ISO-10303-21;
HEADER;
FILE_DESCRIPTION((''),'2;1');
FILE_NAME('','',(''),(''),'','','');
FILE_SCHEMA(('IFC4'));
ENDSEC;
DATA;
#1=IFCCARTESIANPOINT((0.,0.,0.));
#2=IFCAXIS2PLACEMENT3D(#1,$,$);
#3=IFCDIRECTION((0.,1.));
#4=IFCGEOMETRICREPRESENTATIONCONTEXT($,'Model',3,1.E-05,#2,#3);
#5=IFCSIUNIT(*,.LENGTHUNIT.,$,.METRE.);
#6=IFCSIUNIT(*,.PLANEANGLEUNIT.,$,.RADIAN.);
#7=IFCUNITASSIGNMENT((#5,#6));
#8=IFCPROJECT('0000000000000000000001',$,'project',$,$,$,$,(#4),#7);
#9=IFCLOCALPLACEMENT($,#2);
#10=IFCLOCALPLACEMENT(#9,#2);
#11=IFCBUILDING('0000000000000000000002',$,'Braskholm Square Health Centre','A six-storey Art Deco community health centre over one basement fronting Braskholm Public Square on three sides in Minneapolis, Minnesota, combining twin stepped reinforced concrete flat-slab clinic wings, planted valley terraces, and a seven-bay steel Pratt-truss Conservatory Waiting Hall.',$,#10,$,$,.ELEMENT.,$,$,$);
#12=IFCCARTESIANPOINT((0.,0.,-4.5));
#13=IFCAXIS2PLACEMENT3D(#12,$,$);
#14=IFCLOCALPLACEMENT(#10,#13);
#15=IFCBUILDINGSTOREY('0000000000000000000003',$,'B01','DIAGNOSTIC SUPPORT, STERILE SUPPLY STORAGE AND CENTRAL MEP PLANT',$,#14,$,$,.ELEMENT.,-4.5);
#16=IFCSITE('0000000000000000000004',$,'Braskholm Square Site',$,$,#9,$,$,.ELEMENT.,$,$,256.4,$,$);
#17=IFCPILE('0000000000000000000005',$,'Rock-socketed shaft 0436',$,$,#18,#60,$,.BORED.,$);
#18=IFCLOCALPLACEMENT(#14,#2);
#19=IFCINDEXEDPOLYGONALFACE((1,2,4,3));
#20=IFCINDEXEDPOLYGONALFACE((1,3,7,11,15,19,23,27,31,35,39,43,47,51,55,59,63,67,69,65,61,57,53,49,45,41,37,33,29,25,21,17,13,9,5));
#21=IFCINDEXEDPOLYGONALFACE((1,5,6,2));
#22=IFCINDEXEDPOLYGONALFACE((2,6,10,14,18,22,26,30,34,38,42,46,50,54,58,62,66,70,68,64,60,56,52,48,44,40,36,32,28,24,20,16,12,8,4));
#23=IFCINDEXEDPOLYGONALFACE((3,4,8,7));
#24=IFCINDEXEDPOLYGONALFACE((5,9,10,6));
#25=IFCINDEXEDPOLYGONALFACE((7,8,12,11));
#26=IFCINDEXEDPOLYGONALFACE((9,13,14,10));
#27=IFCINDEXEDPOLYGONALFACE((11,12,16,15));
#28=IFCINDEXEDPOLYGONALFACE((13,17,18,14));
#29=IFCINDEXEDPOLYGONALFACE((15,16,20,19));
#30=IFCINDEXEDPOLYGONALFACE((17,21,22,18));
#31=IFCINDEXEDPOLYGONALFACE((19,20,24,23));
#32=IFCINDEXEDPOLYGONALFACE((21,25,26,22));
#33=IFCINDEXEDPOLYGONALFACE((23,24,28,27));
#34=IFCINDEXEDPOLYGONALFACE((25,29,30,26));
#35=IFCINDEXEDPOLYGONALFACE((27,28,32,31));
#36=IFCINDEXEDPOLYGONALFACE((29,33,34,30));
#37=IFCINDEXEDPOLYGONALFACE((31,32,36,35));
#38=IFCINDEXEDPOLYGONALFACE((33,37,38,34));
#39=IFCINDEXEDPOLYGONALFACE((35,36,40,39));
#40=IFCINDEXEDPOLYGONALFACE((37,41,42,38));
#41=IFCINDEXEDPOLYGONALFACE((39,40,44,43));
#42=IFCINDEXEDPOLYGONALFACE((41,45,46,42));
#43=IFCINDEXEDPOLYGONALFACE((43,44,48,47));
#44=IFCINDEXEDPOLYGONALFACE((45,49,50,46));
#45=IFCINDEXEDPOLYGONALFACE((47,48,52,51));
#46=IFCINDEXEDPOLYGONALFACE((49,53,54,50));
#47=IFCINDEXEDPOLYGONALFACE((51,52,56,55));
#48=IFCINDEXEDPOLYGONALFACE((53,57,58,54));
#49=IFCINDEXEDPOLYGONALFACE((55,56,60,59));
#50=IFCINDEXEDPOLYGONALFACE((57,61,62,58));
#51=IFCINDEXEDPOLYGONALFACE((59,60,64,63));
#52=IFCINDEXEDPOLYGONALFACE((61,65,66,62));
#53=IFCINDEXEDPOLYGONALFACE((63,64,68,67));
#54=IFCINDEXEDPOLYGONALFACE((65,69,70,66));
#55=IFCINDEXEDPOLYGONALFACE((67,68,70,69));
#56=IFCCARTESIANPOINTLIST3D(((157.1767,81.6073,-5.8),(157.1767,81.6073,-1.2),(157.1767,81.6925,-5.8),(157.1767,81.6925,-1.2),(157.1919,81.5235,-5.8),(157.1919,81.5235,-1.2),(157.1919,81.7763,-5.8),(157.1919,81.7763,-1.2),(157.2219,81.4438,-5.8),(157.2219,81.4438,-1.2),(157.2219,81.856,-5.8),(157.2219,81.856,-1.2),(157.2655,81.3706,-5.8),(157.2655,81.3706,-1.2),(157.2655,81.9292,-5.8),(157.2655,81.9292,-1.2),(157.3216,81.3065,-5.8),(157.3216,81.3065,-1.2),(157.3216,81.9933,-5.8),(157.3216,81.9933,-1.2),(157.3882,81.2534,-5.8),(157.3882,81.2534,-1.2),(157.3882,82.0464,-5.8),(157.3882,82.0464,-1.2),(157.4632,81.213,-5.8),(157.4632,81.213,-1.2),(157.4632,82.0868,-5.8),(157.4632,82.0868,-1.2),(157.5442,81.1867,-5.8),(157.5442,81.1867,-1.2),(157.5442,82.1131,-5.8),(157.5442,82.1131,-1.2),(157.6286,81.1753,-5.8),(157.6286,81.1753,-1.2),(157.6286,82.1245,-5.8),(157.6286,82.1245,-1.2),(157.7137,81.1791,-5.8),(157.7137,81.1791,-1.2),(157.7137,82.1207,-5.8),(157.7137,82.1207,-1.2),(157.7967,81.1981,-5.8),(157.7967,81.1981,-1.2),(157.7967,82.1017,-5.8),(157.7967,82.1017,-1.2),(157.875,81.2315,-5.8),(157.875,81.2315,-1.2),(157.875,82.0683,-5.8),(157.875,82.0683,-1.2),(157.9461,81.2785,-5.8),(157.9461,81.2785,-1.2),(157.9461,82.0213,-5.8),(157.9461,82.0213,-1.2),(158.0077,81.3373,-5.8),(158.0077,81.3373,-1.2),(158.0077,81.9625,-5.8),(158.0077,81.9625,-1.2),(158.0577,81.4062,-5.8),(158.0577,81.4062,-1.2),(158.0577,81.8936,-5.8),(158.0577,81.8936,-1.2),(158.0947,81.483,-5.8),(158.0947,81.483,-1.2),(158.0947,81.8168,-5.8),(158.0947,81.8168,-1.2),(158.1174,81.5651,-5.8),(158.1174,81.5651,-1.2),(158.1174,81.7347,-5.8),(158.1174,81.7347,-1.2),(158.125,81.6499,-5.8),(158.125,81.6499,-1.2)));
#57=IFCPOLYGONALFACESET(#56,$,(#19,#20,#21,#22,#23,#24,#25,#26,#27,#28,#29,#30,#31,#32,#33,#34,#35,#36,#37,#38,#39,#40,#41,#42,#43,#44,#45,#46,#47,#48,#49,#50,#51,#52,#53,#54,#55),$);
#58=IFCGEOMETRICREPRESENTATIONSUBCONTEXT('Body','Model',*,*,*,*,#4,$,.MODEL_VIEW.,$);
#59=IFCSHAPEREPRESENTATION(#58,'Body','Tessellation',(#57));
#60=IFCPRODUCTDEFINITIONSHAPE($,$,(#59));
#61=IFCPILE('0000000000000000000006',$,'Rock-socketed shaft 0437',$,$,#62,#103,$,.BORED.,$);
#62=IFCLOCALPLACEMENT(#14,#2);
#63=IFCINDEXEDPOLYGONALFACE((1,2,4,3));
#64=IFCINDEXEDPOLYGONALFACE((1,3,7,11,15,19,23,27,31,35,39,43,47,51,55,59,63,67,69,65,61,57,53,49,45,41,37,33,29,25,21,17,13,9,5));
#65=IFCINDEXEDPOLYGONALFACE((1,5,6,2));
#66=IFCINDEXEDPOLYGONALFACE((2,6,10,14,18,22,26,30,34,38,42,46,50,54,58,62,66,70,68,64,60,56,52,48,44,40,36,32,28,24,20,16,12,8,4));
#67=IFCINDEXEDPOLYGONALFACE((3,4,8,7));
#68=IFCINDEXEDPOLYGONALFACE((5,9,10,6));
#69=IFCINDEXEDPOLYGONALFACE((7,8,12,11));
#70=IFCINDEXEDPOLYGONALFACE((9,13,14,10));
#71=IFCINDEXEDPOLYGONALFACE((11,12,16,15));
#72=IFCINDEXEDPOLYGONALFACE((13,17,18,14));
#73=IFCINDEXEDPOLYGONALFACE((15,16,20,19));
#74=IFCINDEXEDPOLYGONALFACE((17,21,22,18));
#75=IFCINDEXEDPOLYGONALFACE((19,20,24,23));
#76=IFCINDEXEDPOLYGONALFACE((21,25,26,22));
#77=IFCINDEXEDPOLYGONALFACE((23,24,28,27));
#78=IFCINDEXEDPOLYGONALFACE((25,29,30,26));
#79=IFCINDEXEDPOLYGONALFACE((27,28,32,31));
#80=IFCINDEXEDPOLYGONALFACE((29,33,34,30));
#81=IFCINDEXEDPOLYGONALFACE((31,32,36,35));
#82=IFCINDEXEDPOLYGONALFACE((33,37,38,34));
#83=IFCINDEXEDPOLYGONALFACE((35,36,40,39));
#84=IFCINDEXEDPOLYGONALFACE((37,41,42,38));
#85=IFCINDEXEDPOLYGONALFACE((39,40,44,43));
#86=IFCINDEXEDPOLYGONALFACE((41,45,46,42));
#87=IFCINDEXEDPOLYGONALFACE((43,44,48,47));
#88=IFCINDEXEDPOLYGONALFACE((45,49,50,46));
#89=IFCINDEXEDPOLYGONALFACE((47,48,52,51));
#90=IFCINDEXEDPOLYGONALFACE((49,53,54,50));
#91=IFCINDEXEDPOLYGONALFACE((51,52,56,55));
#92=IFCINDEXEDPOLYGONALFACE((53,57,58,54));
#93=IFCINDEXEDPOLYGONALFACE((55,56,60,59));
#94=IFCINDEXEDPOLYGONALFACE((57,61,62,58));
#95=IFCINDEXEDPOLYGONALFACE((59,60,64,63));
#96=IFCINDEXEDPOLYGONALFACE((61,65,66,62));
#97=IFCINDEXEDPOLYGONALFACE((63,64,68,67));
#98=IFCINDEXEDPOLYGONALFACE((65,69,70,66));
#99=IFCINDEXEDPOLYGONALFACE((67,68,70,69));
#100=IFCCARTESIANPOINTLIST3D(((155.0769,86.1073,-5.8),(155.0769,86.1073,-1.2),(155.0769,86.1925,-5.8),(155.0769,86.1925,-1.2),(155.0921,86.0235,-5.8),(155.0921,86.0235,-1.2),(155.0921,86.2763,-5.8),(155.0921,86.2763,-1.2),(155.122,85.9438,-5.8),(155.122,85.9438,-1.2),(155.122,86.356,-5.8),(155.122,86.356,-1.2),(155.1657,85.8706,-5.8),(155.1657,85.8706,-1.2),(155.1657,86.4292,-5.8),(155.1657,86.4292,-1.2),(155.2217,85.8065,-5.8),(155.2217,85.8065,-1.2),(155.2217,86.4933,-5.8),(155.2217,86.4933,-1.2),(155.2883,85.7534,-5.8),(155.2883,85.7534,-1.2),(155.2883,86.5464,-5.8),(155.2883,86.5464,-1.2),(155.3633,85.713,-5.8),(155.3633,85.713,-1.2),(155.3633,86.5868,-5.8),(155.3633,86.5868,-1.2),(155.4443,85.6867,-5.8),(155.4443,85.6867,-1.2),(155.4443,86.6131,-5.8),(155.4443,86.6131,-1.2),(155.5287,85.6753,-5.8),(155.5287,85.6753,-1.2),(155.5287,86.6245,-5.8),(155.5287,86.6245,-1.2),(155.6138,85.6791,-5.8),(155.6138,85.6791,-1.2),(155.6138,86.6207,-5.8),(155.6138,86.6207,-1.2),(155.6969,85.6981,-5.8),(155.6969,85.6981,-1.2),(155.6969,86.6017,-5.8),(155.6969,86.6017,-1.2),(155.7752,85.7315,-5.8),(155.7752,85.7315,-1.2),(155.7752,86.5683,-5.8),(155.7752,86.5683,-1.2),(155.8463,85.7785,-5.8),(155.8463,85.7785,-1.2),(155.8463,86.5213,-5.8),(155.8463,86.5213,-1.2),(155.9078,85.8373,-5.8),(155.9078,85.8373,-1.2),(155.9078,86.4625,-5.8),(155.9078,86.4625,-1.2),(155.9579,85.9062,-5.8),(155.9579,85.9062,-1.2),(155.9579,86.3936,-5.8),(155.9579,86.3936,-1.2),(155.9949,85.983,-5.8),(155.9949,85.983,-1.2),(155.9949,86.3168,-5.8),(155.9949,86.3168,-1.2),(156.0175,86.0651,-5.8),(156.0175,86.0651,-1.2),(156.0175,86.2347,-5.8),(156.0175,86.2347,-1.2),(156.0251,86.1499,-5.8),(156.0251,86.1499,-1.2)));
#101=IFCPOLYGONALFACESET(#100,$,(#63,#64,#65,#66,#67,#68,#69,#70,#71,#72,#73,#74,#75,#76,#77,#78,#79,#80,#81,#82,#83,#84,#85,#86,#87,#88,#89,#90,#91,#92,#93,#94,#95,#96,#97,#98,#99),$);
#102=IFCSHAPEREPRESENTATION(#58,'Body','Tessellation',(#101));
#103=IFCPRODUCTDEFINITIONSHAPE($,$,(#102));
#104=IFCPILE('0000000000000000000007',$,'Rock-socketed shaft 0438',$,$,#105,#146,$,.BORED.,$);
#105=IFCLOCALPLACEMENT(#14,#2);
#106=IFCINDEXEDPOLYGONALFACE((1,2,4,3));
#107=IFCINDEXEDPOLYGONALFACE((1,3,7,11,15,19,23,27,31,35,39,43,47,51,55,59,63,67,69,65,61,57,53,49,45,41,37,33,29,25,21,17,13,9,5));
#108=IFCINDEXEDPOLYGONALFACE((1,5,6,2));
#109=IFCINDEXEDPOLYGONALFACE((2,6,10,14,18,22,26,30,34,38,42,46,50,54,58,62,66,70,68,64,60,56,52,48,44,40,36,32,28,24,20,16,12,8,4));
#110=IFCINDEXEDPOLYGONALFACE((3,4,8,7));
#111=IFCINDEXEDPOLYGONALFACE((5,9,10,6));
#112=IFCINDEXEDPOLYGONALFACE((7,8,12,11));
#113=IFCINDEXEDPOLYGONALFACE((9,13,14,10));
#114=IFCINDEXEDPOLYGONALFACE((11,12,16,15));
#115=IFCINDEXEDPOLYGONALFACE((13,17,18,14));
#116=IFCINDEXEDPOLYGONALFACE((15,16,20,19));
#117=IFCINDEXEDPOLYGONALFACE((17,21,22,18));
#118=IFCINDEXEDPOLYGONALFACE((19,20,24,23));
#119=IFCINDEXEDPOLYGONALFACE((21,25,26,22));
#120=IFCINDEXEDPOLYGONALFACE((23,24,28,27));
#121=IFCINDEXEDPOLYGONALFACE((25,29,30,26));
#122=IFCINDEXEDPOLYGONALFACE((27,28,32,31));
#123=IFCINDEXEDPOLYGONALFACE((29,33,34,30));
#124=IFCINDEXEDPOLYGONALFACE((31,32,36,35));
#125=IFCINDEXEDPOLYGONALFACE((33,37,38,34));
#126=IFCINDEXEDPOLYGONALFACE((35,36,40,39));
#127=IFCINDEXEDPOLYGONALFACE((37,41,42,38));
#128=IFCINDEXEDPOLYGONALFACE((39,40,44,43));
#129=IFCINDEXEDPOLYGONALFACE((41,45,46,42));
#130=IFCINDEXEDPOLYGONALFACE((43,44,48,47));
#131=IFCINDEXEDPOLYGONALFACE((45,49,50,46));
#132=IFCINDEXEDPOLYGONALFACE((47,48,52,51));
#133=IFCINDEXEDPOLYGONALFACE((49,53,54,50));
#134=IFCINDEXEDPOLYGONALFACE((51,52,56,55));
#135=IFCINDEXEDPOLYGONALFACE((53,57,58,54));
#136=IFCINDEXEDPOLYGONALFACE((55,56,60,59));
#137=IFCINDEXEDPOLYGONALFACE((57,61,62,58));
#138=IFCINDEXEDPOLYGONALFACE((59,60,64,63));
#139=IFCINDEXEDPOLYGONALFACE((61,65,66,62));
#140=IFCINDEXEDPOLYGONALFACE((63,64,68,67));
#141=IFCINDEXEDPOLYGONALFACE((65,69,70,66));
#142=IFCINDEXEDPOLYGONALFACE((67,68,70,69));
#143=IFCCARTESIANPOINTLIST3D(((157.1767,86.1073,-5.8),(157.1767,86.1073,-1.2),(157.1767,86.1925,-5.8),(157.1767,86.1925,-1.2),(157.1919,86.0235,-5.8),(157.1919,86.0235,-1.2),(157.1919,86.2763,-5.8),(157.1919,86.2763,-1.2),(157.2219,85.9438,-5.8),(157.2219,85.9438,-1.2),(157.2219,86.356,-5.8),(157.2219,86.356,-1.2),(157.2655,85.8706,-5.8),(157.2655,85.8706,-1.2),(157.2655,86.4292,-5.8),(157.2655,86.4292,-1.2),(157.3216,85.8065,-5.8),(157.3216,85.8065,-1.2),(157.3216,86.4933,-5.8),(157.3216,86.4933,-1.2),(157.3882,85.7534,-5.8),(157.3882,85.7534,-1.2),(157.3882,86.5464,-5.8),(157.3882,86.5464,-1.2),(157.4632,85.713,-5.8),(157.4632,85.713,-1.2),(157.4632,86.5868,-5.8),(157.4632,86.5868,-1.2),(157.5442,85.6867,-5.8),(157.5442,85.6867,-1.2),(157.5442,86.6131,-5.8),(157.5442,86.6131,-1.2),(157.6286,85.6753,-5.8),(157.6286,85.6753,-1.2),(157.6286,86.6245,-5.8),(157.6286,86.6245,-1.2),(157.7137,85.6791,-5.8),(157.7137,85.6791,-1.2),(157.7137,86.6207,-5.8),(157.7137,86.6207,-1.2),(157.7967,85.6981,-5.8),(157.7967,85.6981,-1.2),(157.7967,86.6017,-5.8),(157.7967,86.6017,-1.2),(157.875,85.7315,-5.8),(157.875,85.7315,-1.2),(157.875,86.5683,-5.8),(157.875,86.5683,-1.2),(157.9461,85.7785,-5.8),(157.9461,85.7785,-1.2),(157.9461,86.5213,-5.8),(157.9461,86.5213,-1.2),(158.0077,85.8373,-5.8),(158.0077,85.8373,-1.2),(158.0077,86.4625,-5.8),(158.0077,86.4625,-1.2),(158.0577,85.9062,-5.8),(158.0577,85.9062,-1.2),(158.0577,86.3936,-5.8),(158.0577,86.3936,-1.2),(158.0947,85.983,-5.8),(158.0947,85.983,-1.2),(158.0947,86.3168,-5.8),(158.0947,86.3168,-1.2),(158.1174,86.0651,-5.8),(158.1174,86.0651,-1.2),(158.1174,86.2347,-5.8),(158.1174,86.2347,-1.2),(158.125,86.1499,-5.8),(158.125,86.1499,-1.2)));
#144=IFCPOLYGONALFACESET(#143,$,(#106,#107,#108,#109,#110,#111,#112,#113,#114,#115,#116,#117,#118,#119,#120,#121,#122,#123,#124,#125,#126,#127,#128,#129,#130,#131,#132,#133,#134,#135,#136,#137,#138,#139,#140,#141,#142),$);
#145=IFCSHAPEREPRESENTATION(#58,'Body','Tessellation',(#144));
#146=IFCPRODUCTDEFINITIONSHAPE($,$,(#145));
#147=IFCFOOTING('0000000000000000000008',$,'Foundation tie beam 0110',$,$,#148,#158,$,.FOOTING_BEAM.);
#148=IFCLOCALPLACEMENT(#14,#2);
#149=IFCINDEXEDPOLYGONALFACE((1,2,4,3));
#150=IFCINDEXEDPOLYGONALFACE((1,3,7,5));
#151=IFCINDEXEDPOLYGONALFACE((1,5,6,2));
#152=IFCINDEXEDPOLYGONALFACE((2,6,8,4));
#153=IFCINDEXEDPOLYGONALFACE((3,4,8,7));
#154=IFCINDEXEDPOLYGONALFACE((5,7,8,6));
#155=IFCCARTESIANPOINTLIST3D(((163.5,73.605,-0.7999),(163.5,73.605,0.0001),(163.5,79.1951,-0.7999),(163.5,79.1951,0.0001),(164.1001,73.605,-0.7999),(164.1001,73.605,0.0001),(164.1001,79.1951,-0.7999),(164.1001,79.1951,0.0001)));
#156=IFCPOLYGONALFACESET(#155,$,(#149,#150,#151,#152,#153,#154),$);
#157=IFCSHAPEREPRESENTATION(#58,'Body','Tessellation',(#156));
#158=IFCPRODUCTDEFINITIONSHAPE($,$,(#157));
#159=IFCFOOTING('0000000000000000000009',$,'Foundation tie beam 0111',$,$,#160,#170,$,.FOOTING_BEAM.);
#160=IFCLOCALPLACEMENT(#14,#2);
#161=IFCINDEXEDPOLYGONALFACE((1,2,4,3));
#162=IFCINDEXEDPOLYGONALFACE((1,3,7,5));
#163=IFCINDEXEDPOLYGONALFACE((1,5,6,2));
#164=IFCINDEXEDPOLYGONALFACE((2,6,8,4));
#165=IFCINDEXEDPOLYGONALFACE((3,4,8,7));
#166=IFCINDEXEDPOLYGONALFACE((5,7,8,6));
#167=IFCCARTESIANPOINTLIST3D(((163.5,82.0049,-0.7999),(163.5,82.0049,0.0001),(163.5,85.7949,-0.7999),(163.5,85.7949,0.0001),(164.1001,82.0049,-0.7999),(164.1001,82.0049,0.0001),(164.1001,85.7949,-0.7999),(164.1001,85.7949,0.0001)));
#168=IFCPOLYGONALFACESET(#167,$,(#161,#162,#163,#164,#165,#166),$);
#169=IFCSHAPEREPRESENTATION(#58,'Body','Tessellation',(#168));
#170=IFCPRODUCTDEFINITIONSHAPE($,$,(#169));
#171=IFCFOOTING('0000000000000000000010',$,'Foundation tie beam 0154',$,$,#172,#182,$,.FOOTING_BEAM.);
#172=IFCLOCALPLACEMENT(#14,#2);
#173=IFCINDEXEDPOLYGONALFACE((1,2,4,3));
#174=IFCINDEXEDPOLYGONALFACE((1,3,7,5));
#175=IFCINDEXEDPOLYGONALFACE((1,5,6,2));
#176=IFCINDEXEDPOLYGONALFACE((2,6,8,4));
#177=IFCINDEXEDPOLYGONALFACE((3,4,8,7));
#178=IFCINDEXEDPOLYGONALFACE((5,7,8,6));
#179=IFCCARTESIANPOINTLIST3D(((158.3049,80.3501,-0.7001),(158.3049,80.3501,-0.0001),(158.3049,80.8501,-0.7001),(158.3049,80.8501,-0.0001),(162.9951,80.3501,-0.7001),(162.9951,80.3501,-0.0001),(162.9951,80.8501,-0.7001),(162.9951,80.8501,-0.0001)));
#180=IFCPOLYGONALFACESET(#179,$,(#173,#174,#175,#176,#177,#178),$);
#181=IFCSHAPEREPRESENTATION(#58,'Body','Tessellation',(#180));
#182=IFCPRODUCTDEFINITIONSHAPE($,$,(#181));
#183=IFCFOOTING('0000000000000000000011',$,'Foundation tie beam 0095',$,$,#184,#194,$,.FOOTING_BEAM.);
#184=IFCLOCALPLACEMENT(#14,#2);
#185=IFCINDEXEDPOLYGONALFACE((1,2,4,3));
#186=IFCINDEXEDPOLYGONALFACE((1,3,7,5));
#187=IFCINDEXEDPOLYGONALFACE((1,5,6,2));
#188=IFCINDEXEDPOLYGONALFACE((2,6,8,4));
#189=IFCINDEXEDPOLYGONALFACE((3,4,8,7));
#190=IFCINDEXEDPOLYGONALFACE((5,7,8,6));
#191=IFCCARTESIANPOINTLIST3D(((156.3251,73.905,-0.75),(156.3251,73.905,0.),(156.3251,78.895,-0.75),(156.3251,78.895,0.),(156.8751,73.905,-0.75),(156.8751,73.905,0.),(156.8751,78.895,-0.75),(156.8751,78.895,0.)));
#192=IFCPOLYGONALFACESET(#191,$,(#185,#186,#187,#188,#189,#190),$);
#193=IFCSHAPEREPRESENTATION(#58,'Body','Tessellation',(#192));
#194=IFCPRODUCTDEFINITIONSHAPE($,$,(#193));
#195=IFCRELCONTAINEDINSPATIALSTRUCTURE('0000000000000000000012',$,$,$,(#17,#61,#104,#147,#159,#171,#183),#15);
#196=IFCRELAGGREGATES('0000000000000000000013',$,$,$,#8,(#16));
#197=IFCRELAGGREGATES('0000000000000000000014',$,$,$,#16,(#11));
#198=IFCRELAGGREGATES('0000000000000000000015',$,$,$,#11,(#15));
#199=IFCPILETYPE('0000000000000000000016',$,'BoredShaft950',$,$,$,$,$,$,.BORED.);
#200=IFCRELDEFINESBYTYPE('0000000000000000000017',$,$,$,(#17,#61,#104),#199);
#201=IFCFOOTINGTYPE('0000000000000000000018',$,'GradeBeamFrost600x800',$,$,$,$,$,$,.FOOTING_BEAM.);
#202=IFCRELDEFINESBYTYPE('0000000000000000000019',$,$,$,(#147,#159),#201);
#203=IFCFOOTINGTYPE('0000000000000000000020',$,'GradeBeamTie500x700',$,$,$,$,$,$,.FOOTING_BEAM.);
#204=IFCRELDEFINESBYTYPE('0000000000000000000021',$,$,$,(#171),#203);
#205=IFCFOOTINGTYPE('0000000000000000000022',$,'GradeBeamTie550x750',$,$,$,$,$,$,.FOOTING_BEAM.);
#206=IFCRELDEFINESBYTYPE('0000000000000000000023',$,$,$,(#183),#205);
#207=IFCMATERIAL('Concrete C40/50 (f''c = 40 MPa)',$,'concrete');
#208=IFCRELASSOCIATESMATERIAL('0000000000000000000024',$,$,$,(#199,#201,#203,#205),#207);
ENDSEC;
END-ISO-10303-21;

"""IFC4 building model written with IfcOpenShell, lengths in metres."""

from ifc_helpers import new_model, si_unit, direction, frame, origin, origin_2d, place, context, subcontext, project, spatial, rectangle, circle, extrude, material, material_profile, profile_set, type_object, element, save


model = new_model("IFC4")

# Units and contexts
model_context = context("Model", 3, precision=1e-05, world=origin(), true_north=direction((0.0, 1.0)))
body_context = subcontext(model_context, "Body", "Model", "MODEL_VIEW")
ifc_project = project(units=[si_unit("LENGTHUNIT", "METRE"), si_unit("PLANEANGLEUNIT", "RADIAN")], contexts=[model_context])

# Site, building, storey
site_placement = place(None, origin())
site = spatial("IfcSite", under=ifc_project, at=site_placement, Name="Braskholm Square Site", CompositionType="ELEMENT", RefElevation=256.4)
building_placement = place(site_placement, origin())
building = spatial("IfcBuilding", under=site, at=building_placement, Name="Braskholm Square Health Centre", Description="A six-storey Art Deco community health centre over one basement fronting Braskholm Public Square on three sides in Minneapolis, Minnesota, combining twin stepped reinforced concrete flat-slab clinic wings, planted valley terraces, and a seven-bay steel Pratt-truss Conservatory Waiting Hall.", CompositionType="ELEMENT")
storey_placement = place(building_placement, frame((0.0, 0.0, -4.5)))
storey = spatial("IfcBuildingStorey", under=building, at=storey_placement, Name="B01", Description="DIAGNOSTIC SUPPORT, STERILE SUPPLY STORAGE AND CENTRAL MEP PLANT", CompositionType="ELEMENT", Elevation=-4.5)

# Piles
ifc_material_1 = material(Name="Concrete C40/50 (f'c = 40 MPa)", Category="concrete")
ifc_material_profile_1 = material_profile(ifc_material_1, circle(Radius=0.4751, at=origin_2d()), Name="BORED-PILE-950")
ifc_profile_set_1 = profile_set([ifc_material_profile_1], Name="Concrete C40/50 (f'c = 40 MPa)")
pile_type_1 = type_object("IfcPileType", Name="BoredShaft950", PredefinedType="BORED", material=ifc_profile_set_1)
for number, where, z_axis, x_axis, name in (
    (1, (157.6499, 81.6499, -1.2), (0.0, 0.0, -1.0), (1.0, 0.0, 0.0), "Rock-socketed shaft 0436"),
    (2, (155.55, 86.1499, -1.2), (0.0, 0.0, -1.0), (1.0, 0.0, 0.0), "Rock-socketed shaft 0437"),
    (3, (157.6499, 86.1499, -1.2), (0.0, 0.0, -1.0), (1.0, 0.0, 0.0), "Rock-socketed shaft 0438"),
):
    element("IfcPile", number, at=place(storey_placement, frame(where, z_axis=z_axis, x_axis=x_axis)), inside=storey, type_object=pile_type_1, Name=name, PredefinedType="BORED", context=body_context, shape_type="SweptSolid", body=[
        extrude(circle(Radius=0.4751, at=origin_2d()), origin(), (0.0, 0.0, 1.0), 4.6001),
    ])

# Footings
ifc_material_profile_2 = material_profile(ifc_material_1, rectangle(XDim=0.6001, YDim=0.8, at=origin_2d()), Name="FTG-600X800")
ifc_profile_set_2 = profile_set([ifc_material_profile_2], Name="Concrete C40/50 (f'c = 40 MPa)")
footing_type_1 = type_object("IfcFootingType", Name="GradeBeamFrost600x800", PredefinedType="FOOTING_BEAM", material=ifc_profile_set_2)
footing_1_placement = place(storey_placement, frame((163.8, 73.605, -0.3999), z_axis=(0.0, 1.0, 0.0), x_axis=(-1.0, 0.0, 0.0)))
element("IfcFooting", 4, at=footing_1_placement, inside=storey, type_object=footing_type_1, Name="Foundation tie beam 0110", PredefinedType="FOOTING_BEAM", context=body_context, shape_type="SweptSolid", body=[
    extrude(rectangle(XDim=0.6001, YDim=0.8, at=origin_2d()), origin(), (0.0, 0.0, 1.0), 5.5901),
])
footing_2_placement = place(storey_placement, frame((163.8, 82.0049, -0.3999), z_axis=(0.0, 1.0, 0.0), x_axis=(-1.0, 0.0, 0.0)))
element("IfcFooting", 5, at=footing_2_placement, inside=storey, type_object=footing_type_1, Name="Foundation tie beam 0111", PredefinedType="FOOTING_BEAM", context=body_context, shape_type="SweptSolid", body=[
    extrude(rectangle(XDim=0.6001, YDim=0.8, at=origin_2d()), origin(), (0.0, 0.0, 1.0), 3.79),
])
ifc_material_profile_3 = material_profile(ifc_material_1, rectangle(XDim=0.5, YDim=0.7, at=origin_2d()), Name="FTG-500X700")
ifc_profile_set_3 = profile_set([ifc_material_profile_3], Name="Concrete C40/50 (f'c = 40 MPa)")
footing_type_2 = type_object("IfcFootingType", Name="GradeBeamTie500x700", PredefinedType="FOOTING_BEAM", material=ifc_profile_set_3)
footing_3_placement = place(storey_placement, frame((158.3049, 80.6001, -0.3501), z_axis=(1.0, 0.0, 0.0), x_axis=(0.0, 1.0, 0.0)))
element("IfcFooting", 6, at=footing_3_placement, inside=storey, type_object=footing_type_2, Name="Foundation tie beam 0154", PredefinedType="FOOTING_BEAM", context=body_context, shape_type="SweptSolid", body=[
    extrude(rectangle(XDim=0.5, YDim=0.7, at=origin_2d()), origin(), (0.0, 0.0, 1.0), 4.6902),
])
ifc_material_profile_4 = material_profile(ifc_material_1, rectangle(XDim=0.55, YDim=0.75, at=origin_2d()), Name="FTG-550X750")
ifc_profile_set_4 = profile_set([ifc_material_profile_4], Name="Concrete C40/50 (f'c = 40 MPa)")
footing_type_3 = type_object("IfcFootingType", Name="GradeBeamTie550x750", PredefinedType="FOOTING_BEAM", material=ifc_profile_set_4)
footing_4_placement = place(storey_placement, frame((156.6001, 73.905, -0.375), z_axis=(0.0, 1.0, 0.0), x_axis=(-1.0, 0.0, 0.0)))
element("IfcFooting", 7, at=footing_4_placement, inside=storey, type_object=footing_type_3, Name="Foundation tie beam 0095", PredefinedType="FOOTING_BEAM", context=body_context, shape_type="SweptSolid", body=[
    extrude(rectangle(XDim=0.55, YDim=0.75, at=origin_2d()), origin(), (0.0, 0.0, 1.0), 4.99),
])

save(model, "model.ifc")
